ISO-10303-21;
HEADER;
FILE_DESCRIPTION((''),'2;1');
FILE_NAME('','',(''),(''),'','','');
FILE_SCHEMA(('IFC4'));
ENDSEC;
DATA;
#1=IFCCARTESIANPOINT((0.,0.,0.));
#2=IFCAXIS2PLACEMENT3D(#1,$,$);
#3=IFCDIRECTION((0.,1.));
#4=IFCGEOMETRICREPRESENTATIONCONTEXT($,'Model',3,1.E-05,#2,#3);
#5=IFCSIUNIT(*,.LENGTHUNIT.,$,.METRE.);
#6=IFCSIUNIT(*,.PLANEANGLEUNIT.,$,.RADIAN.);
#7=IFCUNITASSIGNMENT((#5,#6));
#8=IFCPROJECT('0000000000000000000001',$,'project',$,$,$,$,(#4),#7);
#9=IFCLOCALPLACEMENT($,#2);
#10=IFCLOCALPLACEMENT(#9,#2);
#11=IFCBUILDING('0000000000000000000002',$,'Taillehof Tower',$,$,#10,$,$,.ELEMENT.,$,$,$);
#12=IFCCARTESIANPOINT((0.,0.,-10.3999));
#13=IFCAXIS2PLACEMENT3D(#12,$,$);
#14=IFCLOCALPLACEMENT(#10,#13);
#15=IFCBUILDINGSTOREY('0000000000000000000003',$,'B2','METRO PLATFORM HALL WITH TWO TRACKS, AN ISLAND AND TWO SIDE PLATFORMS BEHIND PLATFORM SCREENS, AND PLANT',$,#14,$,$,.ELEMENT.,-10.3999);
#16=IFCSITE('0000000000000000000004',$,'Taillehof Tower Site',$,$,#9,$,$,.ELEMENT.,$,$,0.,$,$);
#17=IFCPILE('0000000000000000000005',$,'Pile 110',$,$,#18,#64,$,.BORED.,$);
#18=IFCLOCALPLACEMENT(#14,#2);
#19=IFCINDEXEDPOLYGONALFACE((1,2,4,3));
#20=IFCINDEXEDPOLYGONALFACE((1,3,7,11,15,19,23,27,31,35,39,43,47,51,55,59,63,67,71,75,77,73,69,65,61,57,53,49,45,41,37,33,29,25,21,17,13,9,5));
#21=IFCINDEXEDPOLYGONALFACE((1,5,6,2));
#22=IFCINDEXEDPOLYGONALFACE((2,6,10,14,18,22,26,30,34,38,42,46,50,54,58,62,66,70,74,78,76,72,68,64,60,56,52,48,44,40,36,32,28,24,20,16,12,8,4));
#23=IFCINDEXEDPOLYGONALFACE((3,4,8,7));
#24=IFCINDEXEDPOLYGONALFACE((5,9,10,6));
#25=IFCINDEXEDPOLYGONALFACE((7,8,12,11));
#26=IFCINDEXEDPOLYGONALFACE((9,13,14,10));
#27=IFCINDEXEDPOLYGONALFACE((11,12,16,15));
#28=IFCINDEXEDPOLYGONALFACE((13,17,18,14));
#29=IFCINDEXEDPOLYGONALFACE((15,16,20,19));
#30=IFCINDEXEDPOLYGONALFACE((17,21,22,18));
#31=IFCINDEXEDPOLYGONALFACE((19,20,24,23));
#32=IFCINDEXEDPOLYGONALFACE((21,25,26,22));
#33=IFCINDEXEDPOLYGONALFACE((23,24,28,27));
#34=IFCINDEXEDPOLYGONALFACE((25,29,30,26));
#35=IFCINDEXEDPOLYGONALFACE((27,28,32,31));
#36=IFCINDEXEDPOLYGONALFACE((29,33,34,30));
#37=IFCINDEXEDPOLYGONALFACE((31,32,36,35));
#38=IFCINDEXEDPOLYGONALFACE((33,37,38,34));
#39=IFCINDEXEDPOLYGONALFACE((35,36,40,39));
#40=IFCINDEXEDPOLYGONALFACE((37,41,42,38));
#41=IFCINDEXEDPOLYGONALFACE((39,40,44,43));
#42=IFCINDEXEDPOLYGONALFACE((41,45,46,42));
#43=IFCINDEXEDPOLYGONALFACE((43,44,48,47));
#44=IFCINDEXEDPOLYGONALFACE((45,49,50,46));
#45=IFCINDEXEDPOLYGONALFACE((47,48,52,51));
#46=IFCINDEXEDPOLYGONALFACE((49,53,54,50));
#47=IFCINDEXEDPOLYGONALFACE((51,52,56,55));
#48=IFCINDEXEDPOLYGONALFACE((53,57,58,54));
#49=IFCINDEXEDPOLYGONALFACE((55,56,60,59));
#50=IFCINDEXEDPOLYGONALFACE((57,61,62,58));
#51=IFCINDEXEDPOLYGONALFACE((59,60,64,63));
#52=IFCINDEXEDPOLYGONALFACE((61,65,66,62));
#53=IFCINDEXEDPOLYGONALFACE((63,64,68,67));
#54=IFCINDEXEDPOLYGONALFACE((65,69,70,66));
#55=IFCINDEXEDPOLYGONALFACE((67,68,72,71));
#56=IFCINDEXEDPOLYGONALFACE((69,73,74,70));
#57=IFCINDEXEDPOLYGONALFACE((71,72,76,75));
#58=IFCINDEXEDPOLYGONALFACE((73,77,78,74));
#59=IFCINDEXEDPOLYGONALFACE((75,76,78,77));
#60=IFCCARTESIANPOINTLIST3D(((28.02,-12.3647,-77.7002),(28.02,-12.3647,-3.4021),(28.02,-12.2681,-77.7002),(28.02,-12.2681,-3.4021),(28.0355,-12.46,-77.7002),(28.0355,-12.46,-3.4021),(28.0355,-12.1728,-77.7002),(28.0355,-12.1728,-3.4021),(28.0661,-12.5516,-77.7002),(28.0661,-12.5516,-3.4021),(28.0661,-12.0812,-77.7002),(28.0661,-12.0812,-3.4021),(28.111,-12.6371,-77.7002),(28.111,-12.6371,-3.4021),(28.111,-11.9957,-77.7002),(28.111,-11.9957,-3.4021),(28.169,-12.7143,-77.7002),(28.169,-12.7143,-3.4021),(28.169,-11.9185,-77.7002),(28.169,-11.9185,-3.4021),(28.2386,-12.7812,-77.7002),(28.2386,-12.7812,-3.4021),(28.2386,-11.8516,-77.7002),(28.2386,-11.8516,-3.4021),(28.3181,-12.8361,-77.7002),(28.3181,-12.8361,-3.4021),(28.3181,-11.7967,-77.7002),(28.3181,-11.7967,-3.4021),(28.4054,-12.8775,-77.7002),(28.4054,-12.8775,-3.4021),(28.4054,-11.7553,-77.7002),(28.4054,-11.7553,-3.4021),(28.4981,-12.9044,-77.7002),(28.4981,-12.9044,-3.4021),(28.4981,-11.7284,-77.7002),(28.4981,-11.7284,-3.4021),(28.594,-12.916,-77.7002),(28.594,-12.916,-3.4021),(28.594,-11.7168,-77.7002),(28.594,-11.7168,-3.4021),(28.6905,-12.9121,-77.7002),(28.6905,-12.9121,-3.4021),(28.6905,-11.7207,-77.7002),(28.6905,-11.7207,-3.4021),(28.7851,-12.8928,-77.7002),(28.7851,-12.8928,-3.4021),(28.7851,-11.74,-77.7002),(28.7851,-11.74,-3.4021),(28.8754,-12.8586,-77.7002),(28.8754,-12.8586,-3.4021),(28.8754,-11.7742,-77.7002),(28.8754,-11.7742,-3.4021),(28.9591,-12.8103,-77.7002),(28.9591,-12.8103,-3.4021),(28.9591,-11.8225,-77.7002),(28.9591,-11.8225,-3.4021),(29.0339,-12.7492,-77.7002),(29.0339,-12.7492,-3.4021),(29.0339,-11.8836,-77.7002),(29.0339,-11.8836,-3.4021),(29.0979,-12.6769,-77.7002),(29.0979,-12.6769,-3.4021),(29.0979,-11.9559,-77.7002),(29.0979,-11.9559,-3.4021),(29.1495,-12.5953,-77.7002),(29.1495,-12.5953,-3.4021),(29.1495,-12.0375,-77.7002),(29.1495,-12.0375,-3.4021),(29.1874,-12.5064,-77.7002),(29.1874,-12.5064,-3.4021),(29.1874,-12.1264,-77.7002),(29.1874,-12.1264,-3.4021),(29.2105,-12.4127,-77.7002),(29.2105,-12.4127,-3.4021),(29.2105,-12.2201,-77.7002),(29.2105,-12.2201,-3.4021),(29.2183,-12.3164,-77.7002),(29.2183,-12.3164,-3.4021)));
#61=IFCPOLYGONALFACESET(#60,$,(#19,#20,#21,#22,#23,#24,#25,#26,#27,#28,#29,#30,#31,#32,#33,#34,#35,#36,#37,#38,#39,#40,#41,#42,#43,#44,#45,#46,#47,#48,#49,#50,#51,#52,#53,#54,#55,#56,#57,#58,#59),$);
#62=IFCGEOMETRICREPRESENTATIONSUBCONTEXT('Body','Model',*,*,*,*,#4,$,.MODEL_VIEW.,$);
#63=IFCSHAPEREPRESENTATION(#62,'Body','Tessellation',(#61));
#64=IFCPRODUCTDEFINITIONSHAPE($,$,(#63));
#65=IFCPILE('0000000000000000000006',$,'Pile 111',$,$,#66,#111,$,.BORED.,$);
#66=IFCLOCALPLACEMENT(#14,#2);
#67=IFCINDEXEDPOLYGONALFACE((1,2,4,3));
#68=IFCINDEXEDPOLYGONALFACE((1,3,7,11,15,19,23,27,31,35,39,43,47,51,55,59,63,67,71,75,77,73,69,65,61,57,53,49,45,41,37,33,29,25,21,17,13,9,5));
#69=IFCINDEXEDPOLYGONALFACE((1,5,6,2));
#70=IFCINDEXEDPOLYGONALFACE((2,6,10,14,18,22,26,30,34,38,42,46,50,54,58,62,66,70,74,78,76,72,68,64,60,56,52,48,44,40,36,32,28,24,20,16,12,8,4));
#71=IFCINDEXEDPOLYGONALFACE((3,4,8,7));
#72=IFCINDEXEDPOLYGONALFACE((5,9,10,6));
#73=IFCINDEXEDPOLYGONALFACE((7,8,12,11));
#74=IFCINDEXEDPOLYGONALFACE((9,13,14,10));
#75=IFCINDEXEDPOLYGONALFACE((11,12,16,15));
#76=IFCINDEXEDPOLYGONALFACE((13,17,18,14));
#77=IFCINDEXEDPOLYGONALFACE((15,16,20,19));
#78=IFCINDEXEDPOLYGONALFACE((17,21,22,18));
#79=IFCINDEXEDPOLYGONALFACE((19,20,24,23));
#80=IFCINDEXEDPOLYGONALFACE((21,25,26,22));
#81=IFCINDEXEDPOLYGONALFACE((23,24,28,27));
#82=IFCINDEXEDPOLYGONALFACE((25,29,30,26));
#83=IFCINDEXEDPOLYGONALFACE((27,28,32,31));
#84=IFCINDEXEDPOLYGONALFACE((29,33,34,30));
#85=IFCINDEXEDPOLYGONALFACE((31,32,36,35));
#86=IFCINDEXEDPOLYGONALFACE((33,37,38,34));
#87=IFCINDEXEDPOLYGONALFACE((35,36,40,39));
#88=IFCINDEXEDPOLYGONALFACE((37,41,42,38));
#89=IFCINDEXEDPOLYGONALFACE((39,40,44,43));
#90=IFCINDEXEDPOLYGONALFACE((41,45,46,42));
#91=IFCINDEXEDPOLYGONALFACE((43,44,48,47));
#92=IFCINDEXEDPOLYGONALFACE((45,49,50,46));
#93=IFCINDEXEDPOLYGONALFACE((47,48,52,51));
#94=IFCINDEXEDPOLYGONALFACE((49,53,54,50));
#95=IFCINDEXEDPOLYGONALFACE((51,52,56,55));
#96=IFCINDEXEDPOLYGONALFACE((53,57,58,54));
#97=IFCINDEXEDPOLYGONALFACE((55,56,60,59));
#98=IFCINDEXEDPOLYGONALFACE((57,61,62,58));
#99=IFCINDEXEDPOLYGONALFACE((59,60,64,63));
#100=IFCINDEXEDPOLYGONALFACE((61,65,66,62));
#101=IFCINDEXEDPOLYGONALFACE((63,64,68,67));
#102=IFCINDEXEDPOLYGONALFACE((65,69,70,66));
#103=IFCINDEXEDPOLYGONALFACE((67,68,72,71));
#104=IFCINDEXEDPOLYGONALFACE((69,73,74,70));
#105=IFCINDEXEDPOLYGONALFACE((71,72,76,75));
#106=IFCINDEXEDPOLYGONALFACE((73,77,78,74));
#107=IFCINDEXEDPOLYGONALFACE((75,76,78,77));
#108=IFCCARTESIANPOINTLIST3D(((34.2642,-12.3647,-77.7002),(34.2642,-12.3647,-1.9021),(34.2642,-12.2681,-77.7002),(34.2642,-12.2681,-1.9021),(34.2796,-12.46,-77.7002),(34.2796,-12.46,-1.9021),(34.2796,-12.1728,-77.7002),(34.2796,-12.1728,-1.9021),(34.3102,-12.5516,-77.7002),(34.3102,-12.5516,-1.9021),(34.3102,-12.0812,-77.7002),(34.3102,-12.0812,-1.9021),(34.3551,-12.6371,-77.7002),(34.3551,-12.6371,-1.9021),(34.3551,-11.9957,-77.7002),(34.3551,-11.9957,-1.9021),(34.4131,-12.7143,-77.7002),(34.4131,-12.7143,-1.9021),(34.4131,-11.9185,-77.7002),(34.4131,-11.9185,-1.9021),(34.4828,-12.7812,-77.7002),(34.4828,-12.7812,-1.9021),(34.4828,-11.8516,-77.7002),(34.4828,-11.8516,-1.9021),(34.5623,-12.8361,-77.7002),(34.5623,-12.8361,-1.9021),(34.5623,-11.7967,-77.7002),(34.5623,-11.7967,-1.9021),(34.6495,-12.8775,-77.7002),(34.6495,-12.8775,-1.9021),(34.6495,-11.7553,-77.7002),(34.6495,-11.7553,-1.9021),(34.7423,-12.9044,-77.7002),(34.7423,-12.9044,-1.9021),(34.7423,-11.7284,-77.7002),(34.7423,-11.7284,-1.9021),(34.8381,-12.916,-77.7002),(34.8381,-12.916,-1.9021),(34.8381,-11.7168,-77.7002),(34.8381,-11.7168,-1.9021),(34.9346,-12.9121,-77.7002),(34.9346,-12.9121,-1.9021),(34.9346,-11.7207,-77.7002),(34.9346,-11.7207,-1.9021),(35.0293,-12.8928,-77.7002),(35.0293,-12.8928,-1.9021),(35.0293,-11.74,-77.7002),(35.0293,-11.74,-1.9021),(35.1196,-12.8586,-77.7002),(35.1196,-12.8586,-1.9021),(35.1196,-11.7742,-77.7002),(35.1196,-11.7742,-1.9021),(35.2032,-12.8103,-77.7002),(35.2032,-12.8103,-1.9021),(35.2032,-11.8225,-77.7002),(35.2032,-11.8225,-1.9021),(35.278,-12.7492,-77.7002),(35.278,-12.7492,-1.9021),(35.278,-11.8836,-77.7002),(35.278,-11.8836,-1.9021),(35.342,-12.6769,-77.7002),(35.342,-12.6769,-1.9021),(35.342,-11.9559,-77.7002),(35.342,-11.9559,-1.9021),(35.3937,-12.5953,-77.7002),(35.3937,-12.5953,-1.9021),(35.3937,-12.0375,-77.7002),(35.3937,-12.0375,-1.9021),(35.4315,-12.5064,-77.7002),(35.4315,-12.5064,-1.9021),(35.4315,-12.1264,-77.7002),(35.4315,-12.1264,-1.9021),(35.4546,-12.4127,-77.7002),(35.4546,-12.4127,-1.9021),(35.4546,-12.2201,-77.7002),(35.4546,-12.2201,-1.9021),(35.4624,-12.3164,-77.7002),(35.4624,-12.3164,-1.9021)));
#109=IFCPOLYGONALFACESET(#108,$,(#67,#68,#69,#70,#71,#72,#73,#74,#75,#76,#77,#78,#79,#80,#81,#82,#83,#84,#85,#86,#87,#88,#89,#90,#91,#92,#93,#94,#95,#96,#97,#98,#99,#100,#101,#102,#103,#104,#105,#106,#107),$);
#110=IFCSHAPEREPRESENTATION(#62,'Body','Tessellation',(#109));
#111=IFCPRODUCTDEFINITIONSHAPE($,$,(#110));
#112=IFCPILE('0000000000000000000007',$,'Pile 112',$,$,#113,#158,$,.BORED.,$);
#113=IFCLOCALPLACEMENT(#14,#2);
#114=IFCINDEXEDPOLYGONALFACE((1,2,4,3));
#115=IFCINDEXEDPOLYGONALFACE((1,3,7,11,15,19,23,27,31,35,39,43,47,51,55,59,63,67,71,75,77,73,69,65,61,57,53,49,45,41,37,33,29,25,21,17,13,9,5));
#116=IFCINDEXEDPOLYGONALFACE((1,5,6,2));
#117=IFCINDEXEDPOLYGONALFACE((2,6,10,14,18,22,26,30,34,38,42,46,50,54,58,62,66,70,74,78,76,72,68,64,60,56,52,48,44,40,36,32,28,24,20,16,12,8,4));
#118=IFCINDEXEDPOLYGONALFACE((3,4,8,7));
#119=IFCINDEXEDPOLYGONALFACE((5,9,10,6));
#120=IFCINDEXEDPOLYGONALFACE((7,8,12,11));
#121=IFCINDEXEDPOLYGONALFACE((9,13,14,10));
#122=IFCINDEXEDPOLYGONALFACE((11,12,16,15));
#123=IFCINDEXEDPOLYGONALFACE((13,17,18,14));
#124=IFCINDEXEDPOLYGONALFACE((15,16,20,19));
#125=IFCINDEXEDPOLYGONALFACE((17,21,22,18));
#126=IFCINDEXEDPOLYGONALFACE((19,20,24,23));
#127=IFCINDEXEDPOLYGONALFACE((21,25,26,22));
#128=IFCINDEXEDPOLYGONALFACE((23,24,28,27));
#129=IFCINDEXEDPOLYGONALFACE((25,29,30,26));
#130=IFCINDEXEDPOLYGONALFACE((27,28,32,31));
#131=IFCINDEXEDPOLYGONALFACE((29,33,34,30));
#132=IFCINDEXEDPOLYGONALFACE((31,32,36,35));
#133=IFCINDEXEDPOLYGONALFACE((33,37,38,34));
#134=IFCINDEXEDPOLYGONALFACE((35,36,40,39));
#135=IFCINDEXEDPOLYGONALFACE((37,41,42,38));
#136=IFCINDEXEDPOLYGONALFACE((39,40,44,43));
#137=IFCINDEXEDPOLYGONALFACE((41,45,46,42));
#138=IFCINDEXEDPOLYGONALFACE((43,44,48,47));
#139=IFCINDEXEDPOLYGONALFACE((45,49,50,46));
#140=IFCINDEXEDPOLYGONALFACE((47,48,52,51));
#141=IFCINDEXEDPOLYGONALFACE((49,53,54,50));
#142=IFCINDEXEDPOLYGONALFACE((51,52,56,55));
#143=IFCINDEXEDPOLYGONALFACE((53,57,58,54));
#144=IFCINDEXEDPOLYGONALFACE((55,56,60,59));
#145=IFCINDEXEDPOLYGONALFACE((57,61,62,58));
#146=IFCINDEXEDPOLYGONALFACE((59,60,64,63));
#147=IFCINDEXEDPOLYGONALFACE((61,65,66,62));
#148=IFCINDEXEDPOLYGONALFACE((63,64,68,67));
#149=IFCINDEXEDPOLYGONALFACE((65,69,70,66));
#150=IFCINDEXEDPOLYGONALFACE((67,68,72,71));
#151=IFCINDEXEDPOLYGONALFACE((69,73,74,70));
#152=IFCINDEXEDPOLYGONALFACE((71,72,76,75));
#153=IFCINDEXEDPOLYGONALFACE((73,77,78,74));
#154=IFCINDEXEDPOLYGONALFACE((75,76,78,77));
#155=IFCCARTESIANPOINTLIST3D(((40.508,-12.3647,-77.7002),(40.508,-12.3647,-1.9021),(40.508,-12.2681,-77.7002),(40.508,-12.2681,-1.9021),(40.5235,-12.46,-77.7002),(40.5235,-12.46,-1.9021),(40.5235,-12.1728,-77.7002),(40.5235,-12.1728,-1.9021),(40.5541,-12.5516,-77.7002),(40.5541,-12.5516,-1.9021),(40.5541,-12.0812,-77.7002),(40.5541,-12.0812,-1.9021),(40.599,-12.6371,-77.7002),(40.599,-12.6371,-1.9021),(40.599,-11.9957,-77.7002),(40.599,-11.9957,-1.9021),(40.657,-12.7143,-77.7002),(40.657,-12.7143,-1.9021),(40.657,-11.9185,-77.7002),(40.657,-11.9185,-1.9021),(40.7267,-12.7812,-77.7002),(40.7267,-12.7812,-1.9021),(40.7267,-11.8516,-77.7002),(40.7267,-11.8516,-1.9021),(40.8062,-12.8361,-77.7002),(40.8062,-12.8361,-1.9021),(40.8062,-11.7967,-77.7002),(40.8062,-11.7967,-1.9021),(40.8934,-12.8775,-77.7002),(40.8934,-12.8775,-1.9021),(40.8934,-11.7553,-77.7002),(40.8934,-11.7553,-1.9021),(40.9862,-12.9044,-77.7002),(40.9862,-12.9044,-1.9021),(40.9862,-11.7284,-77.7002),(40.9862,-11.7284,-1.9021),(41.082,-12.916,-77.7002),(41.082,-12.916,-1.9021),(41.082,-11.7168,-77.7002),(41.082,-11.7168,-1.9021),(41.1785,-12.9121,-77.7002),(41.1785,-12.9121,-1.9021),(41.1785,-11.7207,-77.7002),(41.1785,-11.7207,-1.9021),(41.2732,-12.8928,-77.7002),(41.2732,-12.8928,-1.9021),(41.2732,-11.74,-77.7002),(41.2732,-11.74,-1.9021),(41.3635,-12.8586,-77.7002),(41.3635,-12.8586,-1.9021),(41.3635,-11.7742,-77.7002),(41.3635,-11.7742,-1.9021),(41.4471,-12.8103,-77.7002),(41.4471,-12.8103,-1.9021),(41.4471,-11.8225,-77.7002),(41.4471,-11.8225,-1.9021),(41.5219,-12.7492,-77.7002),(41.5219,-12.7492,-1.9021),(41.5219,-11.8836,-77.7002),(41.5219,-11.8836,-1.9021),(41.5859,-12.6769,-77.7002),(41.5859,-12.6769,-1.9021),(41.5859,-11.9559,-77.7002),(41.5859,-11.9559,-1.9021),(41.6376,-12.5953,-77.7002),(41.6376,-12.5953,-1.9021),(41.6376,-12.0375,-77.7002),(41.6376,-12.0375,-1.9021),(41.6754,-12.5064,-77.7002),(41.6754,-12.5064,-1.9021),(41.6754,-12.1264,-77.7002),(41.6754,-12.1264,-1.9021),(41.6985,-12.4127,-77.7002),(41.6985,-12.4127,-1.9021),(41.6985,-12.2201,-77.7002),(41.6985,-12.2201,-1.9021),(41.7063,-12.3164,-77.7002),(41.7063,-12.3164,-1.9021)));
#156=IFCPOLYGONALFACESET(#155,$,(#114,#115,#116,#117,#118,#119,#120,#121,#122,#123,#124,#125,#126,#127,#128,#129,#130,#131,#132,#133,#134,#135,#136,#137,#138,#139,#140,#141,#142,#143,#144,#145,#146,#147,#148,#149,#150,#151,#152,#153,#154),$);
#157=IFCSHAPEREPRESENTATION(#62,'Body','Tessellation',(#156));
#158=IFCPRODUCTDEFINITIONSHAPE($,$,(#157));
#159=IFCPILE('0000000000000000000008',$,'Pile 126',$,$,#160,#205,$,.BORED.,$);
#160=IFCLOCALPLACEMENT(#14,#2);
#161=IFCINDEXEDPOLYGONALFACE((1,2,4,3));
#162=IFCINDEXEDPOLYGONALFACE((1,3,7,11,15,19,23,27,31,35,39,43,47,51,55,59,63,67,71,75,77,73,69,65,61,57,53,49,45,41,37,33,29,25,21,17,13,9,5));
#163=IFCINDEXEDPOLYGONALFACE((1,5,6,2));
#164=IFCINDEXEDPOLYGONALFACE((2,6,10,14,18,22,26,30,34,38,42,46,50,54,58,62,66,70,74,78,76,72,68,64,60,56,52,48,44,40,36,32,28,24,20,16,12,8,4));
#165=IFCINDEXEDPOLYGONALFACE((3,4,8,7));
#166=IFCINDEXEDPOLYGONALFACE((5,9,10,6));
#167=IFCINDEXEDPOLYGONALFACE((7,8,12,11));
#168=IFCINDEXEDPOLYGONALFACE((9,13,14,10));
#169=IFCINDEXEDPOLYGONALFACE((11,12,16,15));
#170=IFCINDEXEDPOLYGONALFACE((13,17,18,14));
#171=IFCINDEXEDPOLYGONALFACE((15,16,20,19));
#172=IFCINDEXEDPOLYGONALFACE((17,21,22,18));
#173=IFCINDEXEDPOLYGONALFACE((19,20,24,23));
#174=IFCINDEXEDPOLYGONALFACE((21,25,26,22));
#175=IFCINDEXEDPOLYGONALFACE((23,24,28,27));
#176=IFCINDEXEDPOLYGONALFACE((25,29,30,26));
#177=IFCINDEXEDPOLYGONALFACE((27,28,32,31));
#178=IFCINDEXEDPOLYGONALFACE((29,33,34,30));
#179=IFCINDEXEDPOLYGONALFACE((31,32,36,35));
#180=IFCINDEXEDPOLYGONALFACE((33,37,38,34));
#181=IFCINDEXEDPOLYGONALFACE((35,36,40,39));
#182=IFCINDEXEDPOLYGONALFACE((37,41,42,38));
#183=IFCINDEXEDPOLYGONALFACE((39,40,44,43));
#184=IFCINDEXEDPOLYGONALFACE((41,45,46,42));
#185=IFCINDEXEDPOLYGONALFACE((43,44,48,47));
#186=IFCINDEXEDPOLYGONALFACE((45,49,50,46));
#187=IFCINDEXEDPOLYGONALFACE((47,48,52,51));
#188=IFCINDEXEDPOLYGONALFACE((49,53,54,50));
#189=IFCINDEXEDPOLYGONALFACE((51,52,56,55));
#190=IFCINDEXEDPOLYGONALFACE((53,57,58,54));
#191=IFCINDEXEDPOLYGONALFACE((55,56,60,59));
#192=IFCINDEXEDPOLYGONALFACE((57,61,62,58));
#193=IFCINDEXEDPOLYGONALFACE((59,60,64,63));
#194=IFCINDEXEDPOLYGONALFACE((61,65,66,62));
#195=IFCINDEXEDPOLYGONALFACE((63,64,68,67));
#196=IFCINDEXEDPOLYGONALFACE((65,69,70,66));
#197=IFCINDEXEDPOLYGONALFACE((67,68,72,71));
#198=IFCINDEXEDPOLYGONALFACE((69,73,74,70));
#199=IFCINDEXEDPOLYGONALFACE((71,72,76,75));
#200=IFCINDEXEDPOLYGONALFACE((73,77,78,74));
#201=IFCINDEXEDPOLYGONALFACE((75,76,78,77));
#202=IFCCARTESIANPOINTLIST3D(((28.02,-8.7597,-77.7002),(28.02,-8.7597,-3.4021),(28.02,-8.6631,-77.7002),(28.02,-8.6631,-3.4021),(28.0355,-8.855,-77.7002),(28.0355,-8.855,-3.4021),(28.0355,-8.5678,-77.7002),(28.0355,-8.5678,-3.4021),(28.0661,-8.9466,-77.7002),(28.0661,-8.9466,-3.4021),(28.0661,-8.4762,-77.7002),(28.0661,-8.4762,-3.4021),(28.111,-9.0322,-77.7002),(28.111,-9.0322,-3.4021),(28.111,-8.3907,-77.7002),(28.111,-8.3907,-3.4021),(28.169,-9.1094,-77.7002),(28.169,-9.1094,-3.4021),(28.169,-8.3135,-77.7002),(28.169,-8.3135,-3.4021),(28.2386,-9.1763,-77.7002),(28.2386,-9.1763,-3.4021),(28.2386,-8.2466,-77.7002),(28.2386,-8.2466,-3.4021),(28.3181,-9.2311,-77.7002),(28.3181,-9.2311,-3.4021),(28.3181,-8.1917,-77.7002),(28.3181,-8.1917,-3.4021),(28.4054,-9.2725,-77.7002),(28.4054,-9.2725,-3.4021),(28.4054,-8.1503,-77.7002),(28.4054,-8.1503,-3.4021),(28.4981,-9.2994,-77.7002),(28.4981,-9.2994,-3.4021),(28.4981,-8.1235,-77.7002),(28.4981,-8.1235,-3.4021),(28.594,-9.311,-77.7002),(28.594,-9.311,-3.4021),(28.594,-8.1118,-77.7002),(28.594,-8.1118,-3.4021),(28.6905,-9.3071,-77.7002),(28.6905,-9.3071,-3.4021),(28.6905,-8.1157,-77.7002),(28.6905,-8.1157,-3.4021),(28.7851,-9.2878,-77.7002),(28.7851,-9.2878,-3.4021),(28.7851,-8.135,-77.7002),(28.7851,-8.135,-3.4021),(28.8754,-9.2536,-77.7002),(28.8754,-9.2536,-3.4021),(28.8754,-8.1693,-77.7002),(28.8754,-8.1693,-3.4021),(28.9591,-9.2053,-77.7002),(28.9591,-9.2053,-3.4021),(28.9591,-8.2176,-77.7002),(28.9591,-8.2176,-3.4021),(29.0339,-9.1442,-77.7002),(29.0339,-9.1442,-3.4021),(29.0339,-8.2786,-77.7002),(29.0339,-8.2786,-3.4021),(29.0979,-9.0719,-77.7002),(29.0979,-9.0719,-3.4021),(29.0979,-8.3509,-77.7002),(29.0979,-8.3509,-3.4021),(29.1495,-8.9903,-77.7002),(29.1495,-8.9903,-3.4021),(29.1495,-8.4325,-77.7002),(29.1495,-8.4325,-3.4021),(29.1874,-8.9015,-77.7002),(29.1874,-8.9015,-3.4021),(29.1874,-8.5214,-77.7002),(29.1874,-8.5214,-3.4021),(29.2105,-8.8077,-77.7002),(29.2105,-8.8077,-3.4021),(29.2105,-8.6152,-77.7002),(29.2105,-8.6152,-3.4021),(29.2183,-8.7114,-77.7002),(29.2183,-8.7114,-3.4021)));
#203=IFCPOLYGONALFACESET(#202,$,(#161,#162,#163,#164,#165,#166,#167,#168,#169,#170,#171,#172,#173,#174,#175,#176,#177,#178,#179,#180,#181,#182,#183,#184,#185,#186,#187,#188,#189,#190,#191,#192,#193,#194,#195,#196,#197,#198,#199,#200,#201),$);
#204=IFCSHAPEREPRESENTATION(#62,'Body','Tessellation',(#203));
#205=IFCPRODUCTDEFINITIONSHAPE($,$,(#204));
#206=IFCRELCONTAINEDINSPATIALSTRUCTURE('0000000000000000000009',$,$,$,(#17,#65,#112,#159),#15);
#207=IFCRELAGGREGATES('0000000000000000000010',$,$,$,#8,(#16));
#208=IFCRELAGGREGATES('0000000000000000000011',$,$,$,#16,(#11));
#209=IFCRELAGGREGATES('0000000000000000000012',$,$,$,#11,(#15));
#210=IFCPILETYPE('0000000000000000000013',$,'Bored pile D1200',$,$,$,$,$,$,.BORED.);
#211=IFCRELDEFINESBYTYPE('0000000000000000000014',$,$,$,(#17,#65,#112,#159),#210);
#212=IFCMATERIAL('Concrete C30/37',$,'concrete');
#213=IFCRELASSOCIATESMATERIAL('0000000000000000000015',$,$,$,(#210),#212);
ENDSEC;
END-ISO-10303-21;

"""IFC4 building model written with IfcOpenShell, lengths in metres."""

from ifc_helpers import new_model, si_unit, direction, frame, origin, origin_2d, place, context, subcontext, project, spatial, circle, extrude, material, material_profile, profile_set, type_object, element, save


model = new_model("IFC4")

# Units and contexts
model_context = context("Model", 3, precision=1e-05, world=origin(), true_north=direction((0.0, 1.0)))
body_context = subcontext(model_context, "Body", "Model", "MODEL_VIEW")
ifc_project = project(units=[si_unit("LENGTHUNIT", "METRE"), si_unit("PLANEANGLEUNIT", "RADIAN")], contexts=[model_context])

# Site, building, storey
site_placement = place(None, origin())
site = spatial("IfcSite", under=ifc_project, at=site_placement, Name="Taillehof Tower Site", CompositionType="ELEMENT", RefElevation=0.0)
building_placement = place(site_placement, origin())
building = spatial("IfcBuilding", under=site, at=building_placement, Name="Taillehof Tower", CompositionType="ELEMENT")
storey_placement = place(building_placement, frame((0.0, 0.0, -10.3999)))
storey = spatial("IfcBuildingStorey", under=building, at=storey_placement, Name="B2", Description="METRO PLATFORM HALL WITH TWO TRACKS, AN ISLAND AND TWO SIDE PLATFORMS BEHIND PLATFORM SCREENS, AND PLANT", CompositionType="ELEMENT", Elevation=-10.3999)

# Piles
ifc_material_1 = material(Name="Concrete C30/37", Category="concrete")
ifc_material_profile_1 = material_profile(ifc_material_1, circle(Radius=0.6001, at=origin_2d()), Name="BP D1200")
ifc_profile_set_1 = profile_set([ifc_material_profile_1], Name="Concrete C30/37")
pile_type = type_object("IfcPileType", Name="Bored pile D1200", PredefinedType="BORED", material=ifc_profile_set_1)
pile_1_placement = place(storey_placement, frame((28.6182, -12.3164, -3.4021), z_axis=(0.0, 0.0, -1.0), x_axis=(1.0, 0.0, 0.0)))
element("IfcPile", 1, at=pile_1_placement, inside=storey, type_object=pile_type, Name="Pile 110", PredefinedType="BORED", context=body_context, shape_type="SweptSolid", body=[
    extrude(circle(Radius=0.6001, at=origin_2d()), origin(), (0.0, 0.0, 1.0), 74.2981),
])
for number, where, z_axis, x_axis, name in (
    (2, (34.8623, -12.3164, -1.9021), (0.0, 0.0, -1.0), (1.0, 0.0, 0.0), "Pile 111"),
    (3, (41.1062, -12.3164, -1.9021), (0.0, 0.0, -1.0), (1.0, 0.0, 0.0), "Pile 112"),
):
    element("IfcPile", number, at=place(storey_placement, frame(where, z_axis=z_axis, x_axis=x_axis)), inside=storey, type_object=pile_type, Name=name, PredefinedType="BORED", context=body_context, shape_type="SweptSolid", body=[
        extrude(circle(Radius=0.6001, at=origin_2d()), origin(), (0.0, 0.0, 1.0), 75.7981),
    ])
pile_2_placement = place(storey_placement, frame((28.6182, -8.7114, -3.4021), z_axis=(0.0, 0.0, -1.0), x_axis=(1.0, 0.0, 0.0)))
element("IfcPile", 4, at=pile_2_placement, inside=storey, type_object=pile_type, Name="Pile 126", PredefinedType="BORED", context=body_context, shape_type="SweptSolid", body=[
    extrude(circle(Radius=0.6001, at=origin_2d()), origin(), (0.0, 0.0, 1.0), 74.2981),
])

save(model, "model.ifc")
